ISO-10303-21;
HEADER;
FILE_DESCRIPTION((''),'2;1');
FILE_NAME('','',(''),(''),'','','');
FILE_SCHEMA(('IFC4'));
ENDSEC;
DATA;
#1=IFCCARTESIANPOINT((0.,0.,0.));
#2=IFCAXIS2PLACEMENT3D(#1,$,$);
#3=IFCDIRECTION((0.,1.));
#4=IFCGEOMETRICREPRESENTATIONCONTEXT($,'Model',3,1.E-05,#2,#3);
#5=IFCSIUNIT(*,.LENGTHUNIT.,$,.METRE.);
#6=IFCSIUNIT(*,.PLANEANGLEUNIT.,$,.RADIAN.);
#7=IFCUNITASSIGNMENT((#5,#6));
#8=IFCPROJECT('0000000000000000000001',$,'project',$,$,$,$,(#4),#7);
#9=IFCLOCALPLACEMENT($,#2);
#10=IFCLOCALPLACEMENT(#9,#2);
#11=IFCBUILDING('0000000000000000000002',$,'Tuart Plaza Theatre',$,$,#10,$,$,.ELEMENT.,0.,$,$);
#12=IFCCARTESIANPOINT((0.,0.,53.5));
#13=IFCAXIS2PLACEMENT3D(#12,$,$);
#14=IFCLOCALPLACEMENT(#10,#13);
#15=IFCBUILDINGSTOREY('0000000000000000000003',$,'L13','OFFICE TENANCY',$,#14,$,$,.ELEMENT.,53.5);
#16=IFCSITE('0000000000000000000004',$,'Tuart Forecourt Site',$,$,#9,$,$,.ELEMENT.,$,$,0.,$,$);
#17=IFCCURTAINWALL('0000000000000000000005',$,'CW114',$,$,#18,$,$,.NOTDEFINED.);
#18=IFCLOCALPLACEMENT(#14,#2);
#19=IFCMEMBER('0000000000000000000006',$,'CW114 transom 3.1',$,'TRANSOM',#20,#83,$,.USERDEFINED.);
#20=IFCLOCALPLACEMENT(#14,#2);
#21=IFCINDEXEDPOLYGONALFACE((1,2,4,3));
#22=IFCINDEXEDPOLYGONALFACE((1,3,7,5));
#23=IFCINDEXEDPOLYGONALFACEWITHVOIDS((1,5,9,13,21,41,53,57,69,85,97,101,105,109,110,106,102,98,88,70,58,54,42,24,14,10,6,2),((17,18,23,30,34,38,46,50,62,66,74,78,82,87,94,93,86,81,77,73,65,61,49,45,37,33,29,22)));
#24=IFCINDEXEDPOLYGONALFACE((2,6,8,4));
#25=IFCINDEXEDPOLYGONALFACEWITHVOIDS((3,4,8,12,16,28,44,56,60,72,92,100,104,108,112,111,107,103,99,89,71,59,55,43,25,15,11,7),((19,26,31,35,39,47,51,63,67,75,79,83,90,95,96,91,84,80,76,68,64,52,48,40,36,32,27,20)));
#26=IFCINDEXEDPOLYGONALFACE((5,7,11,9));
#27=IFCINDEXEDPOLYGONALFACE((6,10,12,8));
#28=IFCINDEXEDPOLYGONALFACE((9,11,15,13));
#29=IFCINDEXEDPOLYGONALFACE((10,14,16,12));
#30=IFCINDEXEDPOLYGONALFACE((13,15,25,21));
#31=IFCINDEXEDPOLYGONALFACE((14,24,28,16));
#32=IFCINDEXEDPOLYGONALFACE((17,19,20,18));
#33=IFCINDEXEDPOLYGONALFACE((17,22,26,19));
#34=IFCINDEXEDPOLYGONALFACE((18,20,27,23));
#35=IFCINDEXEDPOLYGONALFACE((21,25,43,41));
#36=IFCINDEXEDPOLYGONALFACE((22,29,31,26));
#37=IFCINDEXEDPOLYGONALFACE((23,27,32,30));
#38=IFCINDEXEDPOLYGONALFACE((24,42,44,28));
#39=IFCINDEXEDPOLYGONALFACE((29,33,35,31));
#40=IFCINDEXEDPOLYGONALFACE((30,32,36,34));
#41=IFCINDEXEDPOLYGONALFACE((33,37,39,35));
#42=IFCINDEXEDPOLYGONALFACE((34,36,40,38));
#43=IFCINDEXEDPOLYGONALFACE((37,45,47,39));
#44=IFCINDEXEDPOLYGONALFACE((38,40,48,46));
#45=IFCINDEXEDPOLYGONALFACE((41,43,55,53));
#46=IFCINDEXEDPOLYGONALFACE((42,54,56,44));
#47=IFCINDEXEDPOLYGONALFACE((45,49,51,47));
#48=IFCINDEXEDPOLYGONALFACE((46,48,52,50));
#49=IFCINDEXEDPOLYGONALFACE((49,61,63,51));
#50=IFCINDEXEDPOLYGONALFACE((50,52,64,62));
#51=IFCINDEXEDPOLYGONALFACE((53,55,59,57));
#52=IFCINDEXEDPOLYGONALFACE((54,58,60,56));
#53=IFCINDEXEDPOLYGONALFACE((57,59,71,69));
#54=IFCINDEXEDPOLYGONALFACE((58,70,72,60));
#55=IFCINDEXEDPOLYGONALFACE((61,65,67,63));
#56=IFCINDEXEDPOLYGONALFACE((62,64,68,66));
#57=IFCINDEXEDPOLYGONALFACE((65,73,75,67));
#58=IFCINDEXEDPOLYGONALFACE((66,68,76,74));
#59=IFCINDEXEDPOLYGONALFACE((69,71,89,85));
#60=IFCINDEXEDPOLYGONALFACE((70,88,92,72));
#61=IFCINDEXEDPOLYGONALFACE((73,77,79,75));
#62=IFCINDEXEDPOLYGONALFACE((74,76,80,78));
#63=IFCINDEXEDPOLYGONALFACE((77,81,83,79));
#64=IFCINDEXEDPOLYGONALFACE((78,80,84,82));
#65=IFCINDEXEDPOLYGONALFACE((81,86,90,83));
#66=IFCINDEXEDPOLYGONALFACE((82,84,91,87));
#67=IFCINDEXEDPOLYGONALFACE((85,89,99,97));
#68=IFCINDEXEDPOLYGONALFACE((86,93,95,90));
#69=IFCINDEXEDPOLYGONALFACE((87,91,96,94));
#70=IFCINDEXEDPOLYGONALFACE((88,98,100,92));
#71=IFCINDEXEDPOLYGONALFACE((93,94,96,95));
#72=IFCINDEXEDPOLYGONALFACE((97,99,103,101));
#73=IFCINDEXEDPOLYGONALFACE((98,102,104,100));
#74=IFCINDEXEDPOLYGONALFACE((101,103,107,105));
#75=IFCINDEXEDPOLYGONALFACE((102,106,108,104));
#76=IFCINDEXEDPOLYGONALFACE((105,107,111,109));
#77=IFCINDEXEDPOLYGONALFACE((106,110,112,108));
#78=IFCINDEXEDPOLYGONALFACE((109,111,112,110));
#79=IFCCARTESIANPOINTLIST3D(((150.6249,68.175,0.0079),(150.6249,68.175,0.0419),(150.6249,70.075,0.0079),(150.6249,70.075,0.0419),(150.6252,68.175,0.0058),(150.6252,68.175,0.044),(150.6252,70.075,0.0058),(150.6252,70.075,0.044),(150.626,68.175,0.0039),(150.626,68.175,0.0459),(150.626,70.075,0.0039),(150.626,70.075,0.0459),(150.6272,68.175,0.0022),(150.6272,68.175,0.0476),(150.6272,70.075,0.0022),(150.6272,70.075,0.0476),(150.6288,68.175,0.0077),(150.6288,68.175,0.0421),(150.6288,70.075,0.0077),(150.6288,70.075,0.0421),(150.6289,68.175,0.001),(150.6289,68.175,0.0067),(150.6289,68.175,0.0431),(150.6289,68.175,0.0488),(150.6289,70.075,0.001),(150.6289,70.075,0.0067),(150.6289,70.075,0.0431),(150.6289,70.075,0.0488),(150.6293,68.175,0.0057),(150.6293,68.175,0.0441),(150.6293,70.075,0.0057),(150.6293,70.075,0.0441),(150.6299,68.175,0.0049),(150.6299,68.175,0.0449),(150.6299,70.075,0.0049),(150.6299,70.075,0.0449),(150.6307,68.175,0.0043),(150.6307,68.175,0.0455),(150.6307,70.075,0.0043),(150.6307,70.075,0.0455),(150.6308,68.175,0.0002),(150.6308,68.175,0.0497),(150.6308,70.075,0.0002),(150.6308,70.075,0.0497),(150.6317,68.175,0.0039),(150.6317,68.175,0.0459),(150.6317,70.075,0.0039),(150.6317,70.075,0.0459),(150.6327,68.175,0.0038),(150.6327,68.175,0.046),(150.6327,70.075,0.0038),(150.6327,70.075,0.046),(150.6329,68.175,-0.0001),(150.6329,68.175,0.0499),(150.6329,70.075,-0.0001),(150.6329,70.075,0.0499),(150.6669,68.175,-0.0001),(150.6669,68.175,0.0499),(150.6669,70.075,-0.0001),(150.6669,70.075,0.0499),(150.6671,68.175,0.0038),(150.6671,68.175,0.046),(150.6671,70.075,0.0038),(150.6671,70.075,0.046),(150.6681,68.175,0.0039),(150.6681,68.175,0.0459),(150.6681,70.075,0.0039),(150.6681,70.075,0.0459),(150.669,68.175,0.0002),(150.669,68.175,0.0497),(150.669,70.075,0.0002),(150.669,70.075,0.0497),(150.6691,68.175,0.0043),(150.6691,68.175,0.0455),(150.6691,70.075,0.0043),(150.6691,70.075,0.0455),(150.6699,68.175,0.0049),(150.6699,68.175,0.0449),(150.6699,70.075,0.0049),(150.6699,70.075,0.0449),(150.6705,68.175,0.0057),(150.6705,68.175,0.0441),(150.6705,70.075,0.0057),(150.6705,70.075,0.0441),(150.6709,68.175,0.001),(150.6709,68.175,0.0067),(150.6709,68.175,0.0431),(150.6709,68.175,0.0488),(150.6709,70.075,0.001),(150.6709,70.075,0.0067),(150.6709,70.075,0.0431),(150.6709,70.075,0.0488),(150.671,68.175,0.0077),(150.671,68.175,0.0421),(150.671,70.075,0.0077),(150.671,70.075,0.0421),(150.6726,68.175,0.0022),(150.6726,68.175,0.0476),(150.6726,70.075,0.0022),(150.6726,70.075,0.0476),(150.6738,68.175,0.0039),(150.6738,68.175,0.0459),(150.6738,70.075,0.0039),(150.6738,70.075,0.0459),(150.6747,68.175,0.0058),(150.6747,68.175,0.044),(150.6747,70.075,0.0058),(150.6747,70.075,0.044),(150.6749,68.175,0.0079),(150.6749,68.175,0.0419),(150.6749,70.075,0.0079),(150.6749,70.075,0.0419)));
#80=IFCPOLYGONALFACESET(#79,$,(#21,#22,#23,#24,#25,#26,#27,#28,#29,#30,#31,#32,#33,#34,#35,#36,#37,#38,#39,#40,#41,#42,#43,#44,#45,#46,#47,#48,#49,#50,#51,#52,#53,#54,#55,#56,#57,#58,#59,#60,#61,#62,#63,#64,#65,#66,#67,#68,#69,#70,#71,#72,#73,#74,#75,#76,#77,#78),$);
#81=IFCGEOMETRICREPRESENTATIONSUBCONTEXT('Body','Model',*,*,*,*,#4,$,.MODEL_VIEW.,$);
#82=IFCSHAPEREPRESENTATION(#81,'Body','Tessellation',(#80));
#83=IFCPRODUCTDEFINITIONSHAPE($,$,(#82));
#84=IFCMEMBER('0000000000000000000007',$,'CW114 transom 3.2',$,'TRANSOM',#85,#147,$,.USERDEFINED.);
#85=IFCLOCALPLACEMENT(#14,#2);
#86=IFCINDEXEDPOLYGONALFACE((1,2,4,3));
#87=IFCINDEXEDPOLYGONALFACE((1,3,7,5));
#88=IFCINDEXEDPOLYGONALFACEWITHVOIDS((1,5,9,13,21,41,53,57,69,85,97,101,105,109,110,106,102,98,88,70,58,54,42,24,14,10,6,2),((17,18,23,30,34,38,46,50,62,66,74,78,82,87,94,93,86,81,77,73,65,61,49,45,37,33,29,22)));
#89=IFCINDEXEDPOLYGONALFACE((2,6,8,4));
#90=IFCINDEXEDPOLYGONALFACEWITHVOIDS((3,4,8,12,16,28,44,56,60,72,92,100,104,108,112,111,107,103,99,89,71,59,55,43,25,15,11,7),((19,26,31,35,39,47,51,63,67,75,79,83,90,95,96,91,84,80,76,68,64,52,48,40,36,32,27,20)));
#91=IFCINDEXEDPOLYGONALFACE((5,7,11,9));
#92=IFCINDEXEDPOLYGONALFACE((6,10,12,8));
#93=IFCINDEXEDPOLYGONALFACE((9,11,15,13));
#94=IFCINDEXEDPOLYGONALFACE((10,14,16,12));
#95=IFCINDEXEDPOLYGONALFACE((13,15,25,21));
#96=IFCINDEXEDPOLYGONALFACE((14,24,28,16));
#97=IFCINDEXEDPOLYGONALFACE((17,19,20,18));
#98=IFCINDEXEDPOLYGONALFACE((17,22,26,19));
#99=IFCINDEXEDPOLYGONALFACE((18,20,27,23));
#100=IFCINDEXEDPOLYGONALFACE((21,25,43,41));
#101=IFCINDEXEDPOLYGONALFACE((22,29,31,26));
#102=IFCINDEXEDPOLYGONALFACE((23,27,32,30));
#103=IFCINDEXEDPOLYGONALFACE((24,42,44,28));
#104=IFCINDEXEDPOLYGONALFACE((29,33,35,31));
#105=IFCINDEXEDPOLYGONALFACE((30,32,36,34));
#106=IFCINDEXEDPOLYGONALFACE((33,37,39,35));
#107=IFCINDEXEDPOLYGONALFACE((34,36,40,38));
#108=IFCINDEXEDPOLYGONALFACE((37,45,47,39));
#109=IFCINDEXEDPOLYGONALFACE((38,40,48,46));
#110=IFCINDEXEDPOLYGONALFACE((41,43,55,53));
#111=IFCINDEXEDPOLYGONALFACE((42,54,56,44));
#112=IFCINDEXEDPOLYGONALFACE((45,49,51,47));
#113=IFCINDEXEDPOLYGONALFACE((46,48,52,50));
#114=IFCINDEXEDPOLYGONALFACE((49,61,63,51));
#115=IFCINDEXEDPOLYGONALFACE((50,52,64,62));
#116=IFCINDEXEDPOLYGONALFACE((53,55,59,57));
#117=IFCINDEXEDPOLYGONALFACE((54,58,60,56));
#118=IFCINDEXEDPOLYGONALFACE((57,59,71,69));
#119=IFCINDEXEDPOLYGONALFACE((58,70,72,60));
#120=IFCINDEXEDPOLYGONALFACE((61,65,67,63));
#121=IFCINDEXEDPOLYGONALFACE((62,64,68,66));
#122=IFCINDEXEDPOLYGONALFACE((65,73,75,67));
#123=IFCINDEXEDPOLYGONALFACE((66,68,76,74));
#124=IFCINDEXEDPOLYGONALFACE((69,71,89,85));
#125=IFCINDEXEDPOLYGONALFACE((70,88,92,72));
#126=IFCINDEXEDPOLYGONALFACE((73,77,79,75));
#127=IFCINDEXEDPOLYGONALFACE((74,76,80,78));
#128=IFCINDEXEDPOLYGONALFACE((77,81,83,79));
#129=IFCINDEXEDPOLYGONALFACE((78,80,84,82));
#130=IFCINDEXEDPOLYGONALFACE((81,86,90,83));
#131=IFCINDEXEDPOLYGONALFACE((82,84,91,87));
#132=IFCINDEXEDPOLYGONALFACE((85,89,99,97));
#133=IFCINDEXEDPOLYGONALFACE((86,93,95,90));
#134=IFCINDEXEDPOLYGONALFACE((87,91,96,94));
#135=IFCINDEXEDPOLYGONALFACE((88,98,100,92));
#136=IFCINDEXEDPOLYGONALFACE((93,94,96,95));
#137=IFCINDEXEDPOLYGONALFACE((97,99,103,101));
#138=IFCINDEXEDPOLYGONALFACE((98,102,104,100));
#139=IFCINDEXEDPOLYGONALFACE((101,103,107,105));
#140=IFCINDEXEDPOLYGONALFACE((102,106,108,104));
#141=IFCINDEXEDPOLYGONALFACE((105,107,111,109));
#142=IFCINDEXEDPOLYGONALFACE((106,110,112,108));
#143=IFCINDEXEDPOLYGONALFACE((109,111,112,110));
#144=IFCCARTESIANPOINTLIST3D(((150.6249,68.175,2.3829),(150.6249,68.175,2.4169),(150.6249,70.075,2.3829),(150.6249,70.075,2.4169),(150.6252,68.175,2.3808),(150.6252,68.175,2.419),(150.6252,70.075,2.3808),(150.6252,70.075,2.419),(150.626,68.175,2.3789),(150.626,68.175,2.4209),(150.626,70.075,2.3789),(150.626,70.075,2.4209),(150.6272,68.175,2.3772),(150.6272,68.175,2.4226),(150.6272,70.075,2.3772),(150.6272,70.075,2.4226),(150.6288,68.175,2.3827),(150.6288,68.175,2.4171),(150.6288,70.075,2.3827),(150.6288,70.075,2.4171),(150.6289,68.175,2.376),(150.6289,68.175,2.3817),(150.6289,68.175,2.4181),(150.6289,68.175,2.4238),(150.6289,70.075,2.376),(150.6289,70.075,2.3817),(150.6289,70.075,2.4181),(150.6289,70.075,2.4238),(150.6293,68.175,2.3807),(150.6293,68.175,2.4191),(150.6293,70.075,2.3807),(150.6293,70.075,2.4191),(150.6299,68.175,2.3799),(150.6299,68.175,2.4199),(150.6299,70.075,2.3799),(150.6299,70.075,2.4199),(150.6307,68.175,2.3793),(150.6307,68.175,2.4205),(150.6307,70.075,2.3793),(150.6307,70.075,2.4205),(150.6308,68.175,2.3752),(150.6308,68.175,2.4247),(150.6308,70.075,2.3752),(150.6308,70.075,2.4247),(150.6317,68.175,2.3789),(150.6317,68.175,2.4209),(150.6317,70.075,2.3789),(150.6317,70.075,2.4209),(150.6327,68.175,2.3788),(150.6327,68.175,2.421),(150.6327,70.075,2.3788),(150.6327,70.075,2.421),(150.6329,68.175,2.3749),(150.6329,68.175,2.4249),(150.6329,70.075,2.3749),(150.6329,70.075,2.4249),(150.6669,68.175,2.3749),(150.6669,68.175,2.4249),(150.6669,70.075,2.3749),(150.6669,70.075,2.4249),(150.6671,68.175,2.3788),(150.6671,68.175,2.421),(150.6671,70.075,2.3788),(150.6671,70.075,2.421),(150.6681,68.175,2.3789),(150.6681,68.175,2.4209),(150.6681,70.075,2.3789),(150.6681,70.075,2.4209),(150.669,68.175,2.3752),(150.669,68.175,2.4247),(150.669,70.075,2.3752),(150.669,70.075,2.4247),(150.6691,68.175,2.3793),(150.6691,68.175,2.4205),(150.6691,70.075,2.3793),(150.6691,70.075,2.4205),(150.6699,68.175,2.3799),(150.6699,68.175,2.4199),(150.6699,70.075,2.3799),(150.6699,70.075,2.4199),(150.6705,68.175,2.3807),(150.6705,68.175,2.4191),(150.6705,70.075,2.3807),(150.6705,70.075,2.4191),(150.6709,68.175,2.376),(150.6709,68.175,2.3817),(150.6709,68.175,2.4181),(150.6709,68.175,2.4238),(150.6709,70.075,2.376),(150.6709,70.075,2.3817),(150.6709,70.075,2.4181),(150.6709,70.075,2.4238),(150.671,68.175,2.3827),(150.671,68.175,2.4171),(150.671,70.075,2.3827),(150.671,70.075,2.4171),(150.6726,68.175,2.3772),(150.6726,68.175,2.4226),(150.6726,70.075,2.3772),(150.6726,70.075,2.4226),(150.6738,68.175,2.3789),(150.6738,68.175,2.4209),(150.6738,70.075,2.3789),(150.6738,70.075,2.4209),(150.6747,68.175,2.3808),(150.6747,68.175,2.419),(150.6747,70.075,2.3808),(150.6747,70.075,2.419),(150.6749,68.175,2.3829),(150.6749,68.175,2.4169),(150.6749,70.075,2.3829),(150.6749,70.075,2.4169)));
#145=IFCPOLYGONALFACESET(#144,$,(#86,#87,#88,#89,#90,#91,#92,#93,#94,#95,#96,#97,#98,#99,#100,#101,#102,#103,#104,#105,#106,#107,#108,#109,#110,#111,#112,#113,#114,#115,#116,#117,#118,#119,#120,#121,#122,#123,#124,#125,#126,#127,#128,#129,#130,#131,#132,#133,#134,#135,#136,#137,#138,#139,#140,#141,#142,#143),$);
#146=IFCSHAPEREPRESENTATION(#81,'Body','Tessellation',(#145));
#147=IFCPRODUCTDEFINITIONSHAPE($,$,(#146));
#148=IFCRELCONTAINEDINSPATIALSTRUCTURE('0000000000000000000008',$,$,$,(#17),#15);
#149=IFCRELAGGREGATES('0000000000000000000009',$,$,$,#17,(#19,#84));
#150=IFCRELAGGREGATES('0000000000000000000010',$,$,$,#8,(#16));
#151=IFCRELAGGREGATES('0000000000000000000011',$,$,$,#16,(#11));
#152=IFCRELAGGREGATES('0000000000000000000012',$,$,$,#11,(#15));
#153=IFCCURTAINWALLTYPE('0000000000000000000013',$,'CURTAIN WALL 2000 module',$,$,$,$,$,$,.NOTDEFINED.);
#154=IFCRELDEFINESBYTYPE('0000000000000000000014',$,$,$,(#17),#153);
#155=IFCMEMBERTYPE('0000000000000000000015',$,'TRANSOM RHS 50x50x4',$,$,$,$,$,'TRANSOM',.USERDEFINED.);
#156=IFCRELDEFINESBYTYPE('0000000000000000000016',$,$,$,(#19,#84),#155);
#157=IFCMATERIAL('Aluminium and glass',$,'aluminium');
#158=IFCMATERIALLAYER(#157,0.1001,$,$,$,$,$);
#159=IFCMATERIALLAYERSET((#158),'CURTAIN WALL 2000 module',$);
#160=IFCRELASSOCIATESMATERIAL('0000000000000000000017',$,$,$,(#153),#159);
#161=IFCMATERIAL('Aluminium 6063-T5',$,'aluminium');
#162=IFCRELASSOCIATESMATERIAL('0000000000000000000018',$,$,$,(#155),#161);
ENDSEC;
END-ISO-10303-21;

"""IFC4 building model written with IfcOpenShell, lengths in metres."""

from ifc_helpers import new_model, si_unit, direction, frame, origin, origin_2d, place, context, subcontext, project, spatial, hollow_rectangle, extrude, material, layer, layer_set, material_profile, profile_set, type_object, element, aggregate, save


model = new_model("IFC4")

# Units and contexts
model_context = context("Model", 3, precision=1e-05, world=origin(), true_north=direction((0.0, 1.0)))
body_context = subcontext(model_context, "Body", "Model", "MODEL_VIEW")
ifc_project = project(units=[si_unit("LENGTHUNIT", "METRE"), si_unit("PLANEANGLEUNIT", "RADIAN")], contexts=[model_context])

# Site, building, storey
site_placement = place(None, origin())
site = spatial("IfcSite", under=ifc_project, at=site_placement, Name="Tuart Forecourt Site", CompositionType="ELEMENT", RefElevation=0.0)
building_placement = place(site_placement, origin())
building = spatial("IfcBuilding", under=site, at=building_placement, Name="Tuart Plaza Theatre", CompositionType="ELEMENT", ElevationOfRefHeight=0.0)
storey_placement = place(building_placement, frame((0.0, 0.0, 53.5)))
storey = spatial("IfcBuildingStorey", under=building, at=storey_placement, Name="L13", Description="OFFICE TENANCY", CompositionType="ELEMENT", Elevation=53.5)

# Shared definitions
ifc_material_1 = material(Name="Aluminium and glass", Category="aluminium")
ifc_layer_1 = layer(ifc_material_1, 0.1001)
ifc_layer_set_1 = layer_set([ifc_layer_1], Name="CURTAIN WALL 2000 module")
curtain_wall_type = type_object("IfcCurtainWallType", Name="CURTAIN WALL 2000 module", PredefinedType="NOTDEFINED", material=ifc_layer_set_1)

# Curtain wall, members
curtain_wall_1_placement = place(storey_placement, origin())
curtain_wall_1 = element("IfcCurtainWall", 1, at=curtain_wall_1_placement, inside=storey, type_object=curtain_wall_type, Name="CW114", PredefinedType="NOTDEFINED")
ifc_material_2 = material(Name="Aluminium 6063-T5", Category="aluminium")
ifc_material_profile_1 = material_profile(ifc_material_2, hollow_rectangle(XDim=0.05, YDim=0.05, WallThickness=0.0039, InnerFilletRadius=0.0039, OuterFilletRadius=0.0081, at=origin_2d()), Name="RHS 50x50x4")
ifc_profile_set_1 = profile_set([ifc_material_profile_1], Name="Aluminium 6063-T5")
member_type_1 = type_object("IfcMemberType", Name="TRANSOM RHS 50x50x4", ElementType="TRANSOM", PredefinedType="USERDEFINED", material=ifc_profile_set_1)
member_1_placement = place(storey_placement, frame((150.6499, 68.175, 0.0249), z_axis=(0.0, 1.0, 0.0), x_axis=(-1.0, 0.0, 0.0)))
member_1 = element("IfcMember", 2, at=member_1_placement, type_object=member_type_1, Name="CW114 transom 3.1", ObjectType="TRANSOM", PredefinedType="USERDEFINED", context=body_context, shape_type="SweptSolid", body=[
    extrude(hollow_rectangle(XDim=0.05, YDim=0.05, WallThickness=0.0039, InnerFilletRadius=0.0039, OuterFilletRadius=0.0081, at=origin_2d()), origin(), (0.0, 0.0, 1.0), 1.8999),
])
member_2_placement = place(storey_placement, frame((150.6499, 68.175, 2.3999), z_axis=(0.0, 1.0, 0.0), x_axis=(-1.0, 0.0, 0.0)))
member_2 = element("IfcMember", 3, at=member_2_placement, type_object=member_type_1, Name="CW114 transom 3.2", ObjectType="TRANSOM", PredefinedType="USERDEFINED", context=body_context, shape_type="SweptSolid", body=[
    extrude(hollow_rectangle(XDim=0.05, YDim=0.05, WallThickness=0.0039, InnerFilletRadius=0.0039, OuterFilletRadius=0.0081, at=origin_2d()), origin(), (0.0, 0.0, 1.0), 1.8999),
])

aggregate(curtain_wall_1, [member_1, member_2])

save(model, "model.ifc")
